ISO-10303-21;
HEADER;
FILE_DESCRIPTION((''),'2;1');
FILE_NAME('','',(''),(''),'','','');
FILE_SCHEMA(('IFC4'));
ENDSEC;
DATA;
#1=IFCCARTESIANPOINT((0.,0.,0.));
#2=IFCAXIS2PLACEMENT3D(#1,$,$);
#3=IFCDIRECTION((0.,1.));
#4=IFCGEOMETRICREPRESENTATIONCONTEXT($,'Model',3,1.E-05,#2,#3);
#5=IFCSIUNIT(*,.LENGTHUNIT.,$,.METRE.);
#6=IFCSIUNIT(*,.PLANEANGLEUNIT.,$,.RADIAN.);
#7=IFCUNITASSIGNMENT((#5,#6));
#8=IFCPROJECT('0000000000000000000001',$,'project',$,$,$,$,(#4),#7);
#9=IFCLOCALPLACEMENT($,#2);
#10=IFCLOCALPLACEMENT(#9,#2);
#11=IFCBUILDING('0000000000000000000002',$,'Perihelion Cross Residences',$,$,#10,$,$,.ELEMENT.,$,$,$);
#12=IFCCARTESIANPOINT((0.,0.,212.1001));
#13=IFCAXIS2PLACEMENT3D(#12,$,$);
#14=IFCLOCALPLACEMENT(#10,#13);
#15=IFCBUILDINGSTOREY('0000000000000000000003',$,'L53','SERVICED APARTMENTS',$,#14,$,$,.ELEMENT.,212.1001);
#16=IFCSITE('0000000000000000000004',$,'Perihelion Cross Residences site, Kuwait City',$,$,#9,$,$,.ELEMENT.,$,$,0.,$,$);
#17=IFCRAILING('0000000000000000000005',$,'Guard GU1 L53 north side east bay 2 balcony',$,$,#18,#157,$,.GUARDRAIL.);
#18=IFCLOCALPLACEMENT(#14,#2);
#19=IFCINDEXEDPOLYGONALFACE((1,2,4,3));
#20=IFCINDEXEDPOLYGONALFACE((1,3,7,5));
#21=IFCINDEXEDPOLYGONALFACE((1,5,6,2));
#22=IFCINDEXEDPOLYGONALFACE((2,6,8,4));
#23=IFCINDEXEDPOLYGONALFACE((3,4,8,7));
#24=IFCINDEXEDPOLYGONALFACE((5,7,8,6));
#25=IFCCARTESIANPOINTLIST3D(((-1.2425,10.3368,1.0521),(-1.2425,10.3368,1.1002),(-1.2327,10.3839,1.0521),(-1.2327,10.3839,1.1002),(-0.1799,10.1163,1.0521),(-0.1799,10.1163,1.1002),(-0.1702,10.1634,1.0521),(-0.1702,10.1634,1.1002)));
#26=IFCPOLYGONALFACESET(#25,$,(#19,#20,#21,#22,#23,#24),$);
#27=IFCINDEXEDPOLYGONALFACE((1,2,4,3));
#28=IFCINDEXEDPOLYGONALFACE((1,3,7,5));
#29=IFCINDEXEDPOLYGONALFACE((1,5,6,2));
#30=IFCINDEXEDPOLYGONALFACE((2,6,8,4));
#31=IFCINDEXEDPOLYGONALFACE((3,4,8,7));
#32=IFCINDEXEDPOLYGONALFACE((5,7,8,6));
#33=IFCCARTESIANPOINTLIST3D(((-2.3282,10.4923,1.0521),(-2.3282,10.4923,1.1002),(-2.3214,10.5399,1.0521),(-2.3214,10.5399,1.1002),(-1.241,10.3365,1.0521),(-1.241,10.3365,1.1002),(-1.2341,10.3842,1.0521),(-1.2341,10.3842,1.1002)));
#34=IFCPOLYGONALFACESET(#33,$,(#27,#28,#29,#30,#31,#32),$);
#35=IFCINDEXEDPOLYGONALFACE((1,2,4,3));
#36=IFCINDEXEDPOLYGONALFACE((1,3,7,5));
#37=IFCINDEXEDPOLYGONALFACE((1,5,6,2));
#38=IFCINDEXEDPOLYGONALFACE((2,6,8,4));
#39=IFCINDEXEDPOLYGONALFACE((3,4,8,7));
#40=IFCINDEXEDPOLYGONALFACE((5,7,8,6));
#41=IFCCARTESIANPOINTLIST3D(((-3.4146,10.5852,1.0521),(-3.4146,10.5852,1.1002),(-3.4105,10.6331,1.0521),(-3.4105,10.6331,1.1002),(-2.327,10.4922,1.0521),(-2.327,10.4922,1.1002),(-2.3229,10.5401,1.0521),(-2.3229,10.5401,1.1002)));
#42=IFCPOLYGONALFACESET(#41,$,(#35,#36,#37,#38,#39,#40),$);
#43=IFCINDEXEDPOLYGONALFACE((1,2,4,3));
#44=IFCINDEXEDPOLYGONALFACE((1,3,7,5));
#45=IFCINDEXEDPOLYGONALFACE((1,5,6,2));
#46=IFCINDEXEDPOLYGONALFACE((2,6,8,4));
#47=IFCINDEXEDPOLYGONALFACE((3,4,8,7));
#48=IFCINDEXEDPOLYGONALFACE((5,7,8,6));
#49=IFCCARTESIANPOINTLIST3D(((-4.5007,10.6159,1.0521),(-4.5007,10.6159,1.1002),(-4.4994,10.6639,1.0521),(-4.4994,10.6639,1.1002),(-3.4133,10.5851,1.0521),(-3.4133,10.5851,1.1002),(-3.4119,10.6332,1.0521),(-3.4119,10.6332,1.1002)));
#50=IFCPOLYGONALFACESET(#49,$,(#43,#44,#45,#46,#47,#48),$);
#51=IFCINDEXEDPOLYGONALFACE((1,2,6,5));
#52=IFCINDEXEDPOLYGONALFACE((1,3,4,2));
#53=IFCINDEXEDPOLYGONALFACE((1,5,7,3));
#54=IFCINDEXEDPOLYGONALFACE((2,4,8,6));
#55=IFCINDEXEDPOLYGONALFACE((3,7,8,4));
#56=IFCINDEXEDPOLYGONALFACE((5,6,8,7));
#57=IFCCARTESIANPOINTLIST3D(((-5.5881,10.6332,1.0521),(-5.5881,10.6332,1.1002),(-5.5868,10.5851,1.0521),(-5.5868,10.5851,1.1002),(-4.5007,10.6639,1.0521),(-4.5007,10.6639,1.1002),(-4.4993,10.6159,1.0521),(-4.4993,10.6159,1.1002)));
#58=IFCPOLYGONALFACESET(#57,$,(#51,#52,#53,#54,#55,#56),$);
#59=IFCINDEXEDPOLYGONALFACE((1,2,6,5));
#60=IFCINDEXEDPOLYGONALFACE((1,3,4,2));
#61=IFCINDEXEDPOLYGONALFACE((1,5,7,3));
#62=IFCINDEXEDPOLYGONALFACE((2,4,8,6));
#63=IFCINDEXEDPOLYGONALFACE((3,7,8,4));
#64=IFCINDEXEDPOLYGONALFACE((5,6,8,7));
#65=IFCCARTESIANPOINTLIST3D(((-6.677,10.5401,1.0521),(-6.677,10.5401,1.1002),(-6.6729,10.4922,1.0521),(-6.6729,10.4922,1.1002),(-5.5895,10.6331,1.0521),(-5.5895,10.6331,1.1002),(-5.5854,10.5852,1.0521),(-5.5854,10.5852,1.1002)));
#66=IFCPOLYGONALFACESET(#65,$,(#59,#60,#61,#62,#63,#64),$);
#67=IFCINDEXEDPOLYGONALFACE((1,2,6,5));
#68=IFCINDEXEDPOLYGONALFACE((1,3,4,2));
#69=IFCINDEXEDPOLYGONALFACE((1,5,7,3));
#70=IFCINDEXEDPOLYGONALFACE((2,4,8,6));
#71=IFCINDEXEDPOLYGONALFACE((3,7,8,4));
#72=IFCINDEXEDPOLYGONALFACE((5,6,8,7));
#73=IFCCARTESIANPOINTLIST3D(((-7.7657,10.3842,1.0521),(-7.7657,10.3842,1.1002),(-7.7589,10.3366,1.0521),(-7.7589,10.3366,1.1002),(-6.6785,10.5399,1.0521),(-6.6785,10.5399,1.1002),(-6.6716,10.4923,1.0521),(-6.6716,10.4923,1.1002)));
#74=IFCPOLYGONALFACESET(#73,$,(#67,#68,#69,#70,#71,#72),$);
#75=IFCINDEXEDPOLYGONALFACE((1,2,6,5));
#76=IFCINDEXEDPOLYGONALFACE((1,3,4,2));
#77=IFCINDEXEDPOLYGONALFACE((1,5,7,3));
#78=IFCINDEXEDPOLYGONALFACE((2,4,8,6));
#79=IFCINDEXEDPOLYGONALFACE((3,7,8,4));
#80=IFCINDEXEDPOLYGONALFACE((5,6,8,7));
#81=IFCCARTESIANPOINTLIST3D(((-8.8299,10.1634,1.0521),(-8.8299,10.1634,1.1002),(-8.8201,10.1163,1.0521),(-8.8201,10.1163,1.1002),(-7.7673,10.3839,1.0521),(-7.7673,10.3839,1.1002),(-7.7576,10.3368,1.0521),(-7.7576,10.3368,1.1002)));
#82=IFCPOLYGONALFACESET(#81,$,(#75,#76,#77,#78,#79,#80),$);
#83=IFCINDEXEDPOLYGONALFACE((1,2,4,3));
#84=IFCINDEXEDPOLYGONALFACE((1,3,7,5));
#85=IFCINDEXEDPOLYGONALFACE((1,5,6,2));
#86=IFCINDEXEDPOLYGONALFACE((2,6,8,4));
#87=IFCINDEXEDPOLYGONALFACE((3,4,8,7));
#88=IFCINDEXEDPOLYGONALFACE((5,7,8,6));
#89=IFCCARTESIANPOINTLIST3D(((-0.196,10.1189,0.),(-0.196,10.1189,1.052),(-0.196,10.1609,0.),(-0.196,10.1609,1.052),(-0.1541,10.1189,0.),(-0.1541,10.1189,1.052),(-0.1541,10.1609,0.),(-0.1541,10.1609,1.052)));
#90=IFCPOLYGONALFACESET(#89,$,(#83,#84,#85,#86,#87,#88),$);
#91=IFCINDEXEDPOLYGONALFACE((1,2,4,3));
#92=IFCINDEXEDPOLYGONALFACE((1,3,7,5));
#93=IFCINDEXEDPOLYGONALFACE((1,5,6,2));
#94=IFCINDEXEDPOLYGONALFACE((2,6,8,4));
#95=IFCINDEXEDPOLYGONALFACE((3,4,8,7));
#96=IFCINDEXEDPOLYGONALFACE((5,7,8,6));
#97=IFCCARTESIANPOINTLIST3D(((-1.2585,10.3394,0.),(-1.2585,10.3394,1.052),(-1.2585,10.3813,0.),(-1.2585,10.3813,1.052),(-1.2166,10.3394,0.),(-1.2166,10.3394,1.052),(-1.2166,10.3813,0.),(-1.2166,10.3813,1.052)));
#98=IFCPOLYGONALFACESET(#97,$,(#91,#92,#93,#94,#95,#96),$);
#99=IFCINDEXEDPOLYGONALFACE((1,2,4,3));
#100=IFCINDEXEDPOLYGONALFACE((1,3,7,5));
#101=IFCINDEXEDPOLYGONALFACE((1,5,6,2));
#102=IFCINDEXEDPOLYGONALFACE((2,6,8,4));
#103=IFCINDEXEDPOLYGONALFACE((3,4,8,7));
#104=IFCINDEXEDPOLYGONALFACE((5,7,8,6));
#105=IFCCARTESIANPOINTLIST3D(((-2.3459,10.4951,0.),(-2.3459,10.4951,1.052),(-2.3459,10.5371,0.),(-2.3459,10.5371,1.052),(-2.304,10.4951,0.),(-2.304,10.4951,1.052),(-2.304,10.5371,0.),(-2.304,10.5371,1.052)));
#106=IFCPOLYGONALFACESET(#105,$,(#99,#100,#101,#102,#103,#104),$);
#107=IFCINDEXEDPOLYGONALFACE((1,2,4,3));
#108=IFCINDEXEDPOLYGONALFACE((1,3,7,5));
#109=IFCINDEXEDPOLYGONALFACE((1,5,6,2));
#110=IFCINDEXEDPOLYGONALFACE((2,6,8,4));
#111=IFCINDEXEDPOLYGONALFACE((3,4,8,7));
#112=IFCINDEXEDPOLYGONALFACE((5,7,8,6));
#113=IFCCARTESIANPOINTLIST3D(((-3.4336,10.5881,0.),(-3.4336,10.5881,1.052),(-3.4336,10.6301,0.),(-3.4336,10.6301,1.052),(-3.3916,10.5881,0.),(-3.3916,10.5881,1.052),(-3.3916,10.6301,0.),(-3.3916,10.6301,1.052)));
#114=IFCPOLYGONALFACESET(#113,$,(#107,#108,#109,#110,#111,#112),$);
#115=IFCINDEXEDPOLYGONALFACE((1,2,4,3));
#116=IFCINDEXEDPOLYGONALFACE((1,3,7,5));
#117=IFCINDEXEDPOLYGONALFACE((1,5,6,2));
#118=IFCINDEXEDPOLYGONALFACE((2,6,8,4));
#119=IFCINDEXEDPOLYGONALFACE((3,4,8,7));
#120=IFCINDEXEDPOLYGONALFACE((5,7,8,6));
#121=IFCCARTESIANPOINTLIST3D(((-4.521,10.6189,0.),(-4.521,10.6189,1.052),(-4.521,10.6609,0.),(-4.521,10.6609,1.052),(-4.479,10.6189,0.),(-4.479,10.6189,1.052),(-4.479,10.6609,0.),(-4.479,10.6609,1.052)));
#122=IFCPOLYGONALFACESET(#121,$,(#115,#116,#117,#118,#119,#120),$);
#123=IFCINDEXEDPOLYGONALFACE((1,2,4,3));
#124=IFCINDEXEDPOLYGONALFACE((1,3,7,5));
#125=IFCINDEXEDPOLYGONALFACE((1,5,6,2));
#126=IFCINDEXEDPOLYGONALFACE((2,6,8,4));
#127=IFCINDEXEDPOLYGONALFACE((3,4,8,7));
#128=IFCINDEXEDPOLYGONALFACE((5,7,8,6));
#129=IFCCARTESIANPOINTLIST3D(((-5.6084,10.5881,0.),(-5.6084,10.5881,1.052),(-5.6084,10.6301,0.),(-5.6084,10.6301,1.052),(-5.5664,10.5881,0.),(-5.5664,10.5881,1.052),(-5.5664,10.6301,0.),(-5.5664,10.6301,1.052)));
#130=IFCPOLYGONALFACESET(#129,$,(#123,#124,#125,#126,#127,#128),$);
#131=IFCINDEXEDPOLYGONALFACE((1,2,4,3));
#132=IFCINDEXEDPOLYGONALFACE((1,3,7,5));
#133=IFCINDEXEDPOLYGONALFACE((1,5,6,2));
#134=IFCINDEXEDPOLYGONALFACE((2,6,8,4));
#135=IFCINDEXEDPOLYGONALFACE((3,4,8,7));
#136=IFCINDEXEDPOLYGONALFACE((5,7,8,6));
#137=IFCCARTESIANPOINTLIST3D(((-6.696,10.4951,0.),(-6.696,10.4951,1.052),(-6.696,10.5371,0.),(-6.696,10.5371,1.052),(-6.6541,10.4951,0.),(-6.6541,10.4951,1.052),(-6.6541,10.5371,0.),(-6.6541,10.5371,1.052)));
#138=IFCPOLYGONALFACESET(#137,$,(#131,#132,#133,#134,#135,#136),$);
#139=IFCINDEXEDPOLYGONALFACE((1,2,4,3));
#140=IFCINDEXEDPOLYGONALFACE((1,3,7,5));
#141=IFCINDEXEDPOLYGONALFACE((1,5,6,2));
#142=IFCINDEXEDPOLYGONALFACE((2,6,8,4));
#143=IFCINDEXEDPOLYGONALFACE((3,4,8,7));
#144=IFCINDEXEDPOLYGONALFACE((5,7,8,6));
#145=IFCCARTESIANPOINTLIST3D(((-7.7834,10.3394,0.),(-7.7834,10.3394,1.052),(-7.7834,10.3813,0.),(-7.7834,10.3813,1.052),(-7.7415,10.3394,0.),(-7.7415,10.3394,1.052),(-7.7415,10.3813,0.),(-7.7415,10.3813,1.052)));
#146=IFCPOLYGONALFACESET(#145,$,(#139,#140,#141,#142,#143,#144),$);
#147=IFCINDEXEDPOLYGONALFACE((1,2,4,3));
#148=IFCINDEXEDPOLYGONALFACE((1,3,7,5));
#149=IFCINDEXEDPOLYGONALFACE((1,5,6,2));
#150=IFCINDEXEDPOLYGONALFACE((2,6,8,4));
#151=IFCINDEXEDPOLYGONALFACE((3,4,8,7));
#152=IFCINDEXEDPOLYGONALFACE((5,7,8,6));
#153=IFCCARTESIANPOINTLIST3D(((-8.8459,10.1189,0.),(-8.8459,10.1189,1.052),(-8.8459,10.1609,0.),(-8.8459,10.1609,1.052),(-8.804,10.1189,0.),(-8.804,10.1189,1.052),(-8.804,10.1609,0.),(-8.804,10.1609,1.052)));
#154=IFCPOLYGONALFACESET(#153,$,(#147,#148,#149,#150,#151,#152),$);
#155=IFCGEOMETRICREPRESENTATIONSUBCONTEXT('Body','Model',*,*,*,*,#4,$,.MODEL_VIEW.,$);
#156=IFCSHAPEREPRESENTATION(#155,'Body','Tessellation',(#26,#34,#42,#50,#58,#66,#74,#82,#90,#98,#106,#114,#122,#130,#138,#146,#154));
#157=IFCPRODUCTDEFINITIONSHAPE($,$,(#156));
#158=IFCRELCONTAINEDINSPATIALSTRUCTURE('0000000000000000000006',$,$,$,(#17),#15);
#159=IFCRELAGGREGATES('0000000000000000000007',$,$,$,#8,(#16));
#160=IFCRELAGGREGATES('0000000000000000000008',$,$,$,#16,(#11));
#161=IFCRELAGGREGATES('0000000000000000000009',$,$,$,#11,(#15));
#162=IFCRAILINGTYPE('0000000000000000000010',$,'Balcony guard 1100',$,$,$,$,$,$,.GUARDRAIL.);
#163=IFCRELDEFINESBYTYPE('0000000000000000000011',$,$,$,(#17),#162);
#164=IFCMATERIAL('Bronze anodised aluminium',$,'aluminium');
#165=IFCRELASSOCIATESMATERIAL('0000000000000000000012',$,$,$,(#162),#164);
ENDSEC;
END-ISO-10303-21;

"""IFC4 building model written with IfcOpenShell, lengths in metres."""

from ifc_helpers import new_model, si_unit, direction, frame, origin, origin_2d, place, context, subcontext, project, spatial, rectangle, extrude, material, type_object, element, save


model = new_model("IFC4")

# Units and contexts
model_context = context("Model", 3, precision=1e-05, world=origin(), true_north=direction((0.0, 1.0)))
body_context = subcontext(model_context, "Body", "Model", "MODEL_VIEW")
ifc_project = project(units=[si_unit("LENGTHUNIT", "METRE"), si_unit("PLANEANGLEUNIT", "RADIAN")], contexts=[model_context])

# Site, building, storey
site_placement = place(None, origin())
site = spatial("IfcSite", under=ifc_project, at=site_placement, Name="Perihelion Cross Residences site, Kuwait City", CompositionType="ELEMENT", RefElevation=0.0)
building_placement = place(site_placement, origin())
building = spatial("IfcBuilding", under=site, at=building_placement, Name="Perihelion Cross Residences", CompositionType="ELEMENT")
storey_placement = place(building_placement, frame((0.0, 0.0, 212.1001)))
storey = spatial("IfcBuildingStorey", under=building, at=storey_placement, Name="L53", Description="SERVICED APARTMENTS", CompositionType="ELEMENT", Elevation=212.1001)

# Railing
ifc_material_1 = material(Name="Bronze anodised aluminium", Category="aluminium")
railing_type = type_object("IfcRailingType", Name="Balcony guard 1100", PredefinedType="GUARDRAIL", material=ifc_material_1)
railing_1_placement = place(storey_placement, frame((-0.175, 10.1399, 0.0)))
element("IfcRailing", 1, at=railing_1_placement, inside=storey, type_object=railing_type, Name="Guard GU1 L53 north side east bay 2 balcony", PredefinedType="GUARDRAIL", context=body_context, shape_type="SweptSolid", body=[
    extrude(rectangle(XDim=0.0481, YDim=0.0481, at=origin_2d()), frame((0.0, 0.0, 1.0762), z_axis=(-0.979145, 0.203164, 0.0), x_axis=(-0.203164, -0.979145, 0.0)), (0.0, 0.0, 1.0), 1.0852),
    extrude(rectangle(XDim=0.0481, YDim=0.0481, at=origin_2d()), frame((-1.0625, 0.2205, 1.0762), z_axis=(-0.989896, 0.141795, 0.0), x_axis=(-0.141795, -0.989896, 0.0)), (0.0, 0.0, 1.0), 1.0984),
    extrude(rectangle(XDim=0.0481, YDim=0.0481, at=origin_2d()), frame((-2.1499, 0.3762, 1.0762), z_axis=(-0.996363, 0.085211, 0.0), x_axis=(-0.085211, -0.996363, 0.0)), (0.0, 0.0, 1.0), 1.0916),
    extrude(rectangle(XDim=0.0481, YDim=0.0481, at=origin_2d()), frame((-3.2375, 0.4692, 1.0762), z_axis=(-0.9996, 0.028278, 0.0), x_axis=(-0.028278, -0.9996, 0.0)), (0.0, 0.0, 1.0), 1.0879),
    extrude(rectangle(XDim=0.0481, YDim=0.0481, at=origin_2d()), frame((-4.325, 0.5, 1.0762), z_axis=(-0.9996, -0.028278, 0.0), x_axis=(0.028278, -0.9996, 0.0)), (0.0, 0.0, 1.0), 1.0879),
    extrude(rectangle(XDim=0.0481, YDim=0.0481, at=origin_2d()), frame((-5.4124, 0.4692, 1.0762), z_axis=(-0.996363, -0.085211, 0.0), x_axis=(0.085211, -0.996363, 0.0)), (0.0, 0.0, 1.0), 1.0916),
    extrude(rectangle(XDim=0.0481, YDim=0.0481, at=origin_2d()), frame((-6.5, 0.3762, 1.0762), z_axis=(-0.989896, -0.141795, 0.0), x_axis=(0.141795, -0.989896, 0.0)), (0.0, 0.0, 1.0), 1.0984),
    extrude(rectangle(XDim=0.0481, YDim=0.0481, at=origin_2d()), frame((-7.5874, 0.2205, 1.0762), z_axis=(-0.979145, -0.203164, 0.0), x_axis=(0.203164, -0.979145, 0.0)), (0.0, 0.0, 1.0), 1.0852),
    extrude(rectangle(XDim=0.042, YDim=0.042, at=origin_2d()), origin(), (0.0, 0.0, 1.0), 1.052),
    extrude(rectangle(XDim=0.042, YDim=0.042, at=origin_2d()), frame((-1.0625, 0.2205, 0.0)), (0.0, 0.0, 1.0), 1.052),
    extrude(rectangle(XDim=0.042, YDim=0.042, at=origin_2d()), frame((-2.1499, 0.3762, 0.0)), (0.0, 0.0, 1.0), 1.052),
    extrude(rectangle(XDim=0.042, YDim=0.042, at=origin_2d()), frame((-3.2375, 0.4692, 0.0)), (0.0, 0.0, 1.0), 1.052),
    extrude(rectangle(XDim=0.042, YDim=0.042, at=origin_2d()), frame((-4.325, 0.5, 0.0)), (0.0, 0.0, 1.0), 1.052),
    extrude(rectangle(XDim=0.042, YDim=0.042, at=origin_2d()), frame((-5.4124, 0.4692, 0.0)), (0.0, 0.0, 1.0), 1.052),
    extrude(rectangle(XDim=0.042, YDim=0.042, at=origin_2d()), frame((-6.5, 0.3762, 0.0)), (0.0, 0.0, 1.0), 1.052),
    extrude(rectangle(XDim=0.042, YDim=0.042, at=origin_2d()), frame((-7.5874, 0.2205, 0.0)), (0.0, 0.0, 1.0), 1.052),
    extrude(rectangle(XDim=0.042, YDim=0.042, at=origin_2d()), frame((-8.6499, 0.0, 0.0)), (0.0, 0.0, 1.0), 1.052),
])

save(model, "model.ifc")
